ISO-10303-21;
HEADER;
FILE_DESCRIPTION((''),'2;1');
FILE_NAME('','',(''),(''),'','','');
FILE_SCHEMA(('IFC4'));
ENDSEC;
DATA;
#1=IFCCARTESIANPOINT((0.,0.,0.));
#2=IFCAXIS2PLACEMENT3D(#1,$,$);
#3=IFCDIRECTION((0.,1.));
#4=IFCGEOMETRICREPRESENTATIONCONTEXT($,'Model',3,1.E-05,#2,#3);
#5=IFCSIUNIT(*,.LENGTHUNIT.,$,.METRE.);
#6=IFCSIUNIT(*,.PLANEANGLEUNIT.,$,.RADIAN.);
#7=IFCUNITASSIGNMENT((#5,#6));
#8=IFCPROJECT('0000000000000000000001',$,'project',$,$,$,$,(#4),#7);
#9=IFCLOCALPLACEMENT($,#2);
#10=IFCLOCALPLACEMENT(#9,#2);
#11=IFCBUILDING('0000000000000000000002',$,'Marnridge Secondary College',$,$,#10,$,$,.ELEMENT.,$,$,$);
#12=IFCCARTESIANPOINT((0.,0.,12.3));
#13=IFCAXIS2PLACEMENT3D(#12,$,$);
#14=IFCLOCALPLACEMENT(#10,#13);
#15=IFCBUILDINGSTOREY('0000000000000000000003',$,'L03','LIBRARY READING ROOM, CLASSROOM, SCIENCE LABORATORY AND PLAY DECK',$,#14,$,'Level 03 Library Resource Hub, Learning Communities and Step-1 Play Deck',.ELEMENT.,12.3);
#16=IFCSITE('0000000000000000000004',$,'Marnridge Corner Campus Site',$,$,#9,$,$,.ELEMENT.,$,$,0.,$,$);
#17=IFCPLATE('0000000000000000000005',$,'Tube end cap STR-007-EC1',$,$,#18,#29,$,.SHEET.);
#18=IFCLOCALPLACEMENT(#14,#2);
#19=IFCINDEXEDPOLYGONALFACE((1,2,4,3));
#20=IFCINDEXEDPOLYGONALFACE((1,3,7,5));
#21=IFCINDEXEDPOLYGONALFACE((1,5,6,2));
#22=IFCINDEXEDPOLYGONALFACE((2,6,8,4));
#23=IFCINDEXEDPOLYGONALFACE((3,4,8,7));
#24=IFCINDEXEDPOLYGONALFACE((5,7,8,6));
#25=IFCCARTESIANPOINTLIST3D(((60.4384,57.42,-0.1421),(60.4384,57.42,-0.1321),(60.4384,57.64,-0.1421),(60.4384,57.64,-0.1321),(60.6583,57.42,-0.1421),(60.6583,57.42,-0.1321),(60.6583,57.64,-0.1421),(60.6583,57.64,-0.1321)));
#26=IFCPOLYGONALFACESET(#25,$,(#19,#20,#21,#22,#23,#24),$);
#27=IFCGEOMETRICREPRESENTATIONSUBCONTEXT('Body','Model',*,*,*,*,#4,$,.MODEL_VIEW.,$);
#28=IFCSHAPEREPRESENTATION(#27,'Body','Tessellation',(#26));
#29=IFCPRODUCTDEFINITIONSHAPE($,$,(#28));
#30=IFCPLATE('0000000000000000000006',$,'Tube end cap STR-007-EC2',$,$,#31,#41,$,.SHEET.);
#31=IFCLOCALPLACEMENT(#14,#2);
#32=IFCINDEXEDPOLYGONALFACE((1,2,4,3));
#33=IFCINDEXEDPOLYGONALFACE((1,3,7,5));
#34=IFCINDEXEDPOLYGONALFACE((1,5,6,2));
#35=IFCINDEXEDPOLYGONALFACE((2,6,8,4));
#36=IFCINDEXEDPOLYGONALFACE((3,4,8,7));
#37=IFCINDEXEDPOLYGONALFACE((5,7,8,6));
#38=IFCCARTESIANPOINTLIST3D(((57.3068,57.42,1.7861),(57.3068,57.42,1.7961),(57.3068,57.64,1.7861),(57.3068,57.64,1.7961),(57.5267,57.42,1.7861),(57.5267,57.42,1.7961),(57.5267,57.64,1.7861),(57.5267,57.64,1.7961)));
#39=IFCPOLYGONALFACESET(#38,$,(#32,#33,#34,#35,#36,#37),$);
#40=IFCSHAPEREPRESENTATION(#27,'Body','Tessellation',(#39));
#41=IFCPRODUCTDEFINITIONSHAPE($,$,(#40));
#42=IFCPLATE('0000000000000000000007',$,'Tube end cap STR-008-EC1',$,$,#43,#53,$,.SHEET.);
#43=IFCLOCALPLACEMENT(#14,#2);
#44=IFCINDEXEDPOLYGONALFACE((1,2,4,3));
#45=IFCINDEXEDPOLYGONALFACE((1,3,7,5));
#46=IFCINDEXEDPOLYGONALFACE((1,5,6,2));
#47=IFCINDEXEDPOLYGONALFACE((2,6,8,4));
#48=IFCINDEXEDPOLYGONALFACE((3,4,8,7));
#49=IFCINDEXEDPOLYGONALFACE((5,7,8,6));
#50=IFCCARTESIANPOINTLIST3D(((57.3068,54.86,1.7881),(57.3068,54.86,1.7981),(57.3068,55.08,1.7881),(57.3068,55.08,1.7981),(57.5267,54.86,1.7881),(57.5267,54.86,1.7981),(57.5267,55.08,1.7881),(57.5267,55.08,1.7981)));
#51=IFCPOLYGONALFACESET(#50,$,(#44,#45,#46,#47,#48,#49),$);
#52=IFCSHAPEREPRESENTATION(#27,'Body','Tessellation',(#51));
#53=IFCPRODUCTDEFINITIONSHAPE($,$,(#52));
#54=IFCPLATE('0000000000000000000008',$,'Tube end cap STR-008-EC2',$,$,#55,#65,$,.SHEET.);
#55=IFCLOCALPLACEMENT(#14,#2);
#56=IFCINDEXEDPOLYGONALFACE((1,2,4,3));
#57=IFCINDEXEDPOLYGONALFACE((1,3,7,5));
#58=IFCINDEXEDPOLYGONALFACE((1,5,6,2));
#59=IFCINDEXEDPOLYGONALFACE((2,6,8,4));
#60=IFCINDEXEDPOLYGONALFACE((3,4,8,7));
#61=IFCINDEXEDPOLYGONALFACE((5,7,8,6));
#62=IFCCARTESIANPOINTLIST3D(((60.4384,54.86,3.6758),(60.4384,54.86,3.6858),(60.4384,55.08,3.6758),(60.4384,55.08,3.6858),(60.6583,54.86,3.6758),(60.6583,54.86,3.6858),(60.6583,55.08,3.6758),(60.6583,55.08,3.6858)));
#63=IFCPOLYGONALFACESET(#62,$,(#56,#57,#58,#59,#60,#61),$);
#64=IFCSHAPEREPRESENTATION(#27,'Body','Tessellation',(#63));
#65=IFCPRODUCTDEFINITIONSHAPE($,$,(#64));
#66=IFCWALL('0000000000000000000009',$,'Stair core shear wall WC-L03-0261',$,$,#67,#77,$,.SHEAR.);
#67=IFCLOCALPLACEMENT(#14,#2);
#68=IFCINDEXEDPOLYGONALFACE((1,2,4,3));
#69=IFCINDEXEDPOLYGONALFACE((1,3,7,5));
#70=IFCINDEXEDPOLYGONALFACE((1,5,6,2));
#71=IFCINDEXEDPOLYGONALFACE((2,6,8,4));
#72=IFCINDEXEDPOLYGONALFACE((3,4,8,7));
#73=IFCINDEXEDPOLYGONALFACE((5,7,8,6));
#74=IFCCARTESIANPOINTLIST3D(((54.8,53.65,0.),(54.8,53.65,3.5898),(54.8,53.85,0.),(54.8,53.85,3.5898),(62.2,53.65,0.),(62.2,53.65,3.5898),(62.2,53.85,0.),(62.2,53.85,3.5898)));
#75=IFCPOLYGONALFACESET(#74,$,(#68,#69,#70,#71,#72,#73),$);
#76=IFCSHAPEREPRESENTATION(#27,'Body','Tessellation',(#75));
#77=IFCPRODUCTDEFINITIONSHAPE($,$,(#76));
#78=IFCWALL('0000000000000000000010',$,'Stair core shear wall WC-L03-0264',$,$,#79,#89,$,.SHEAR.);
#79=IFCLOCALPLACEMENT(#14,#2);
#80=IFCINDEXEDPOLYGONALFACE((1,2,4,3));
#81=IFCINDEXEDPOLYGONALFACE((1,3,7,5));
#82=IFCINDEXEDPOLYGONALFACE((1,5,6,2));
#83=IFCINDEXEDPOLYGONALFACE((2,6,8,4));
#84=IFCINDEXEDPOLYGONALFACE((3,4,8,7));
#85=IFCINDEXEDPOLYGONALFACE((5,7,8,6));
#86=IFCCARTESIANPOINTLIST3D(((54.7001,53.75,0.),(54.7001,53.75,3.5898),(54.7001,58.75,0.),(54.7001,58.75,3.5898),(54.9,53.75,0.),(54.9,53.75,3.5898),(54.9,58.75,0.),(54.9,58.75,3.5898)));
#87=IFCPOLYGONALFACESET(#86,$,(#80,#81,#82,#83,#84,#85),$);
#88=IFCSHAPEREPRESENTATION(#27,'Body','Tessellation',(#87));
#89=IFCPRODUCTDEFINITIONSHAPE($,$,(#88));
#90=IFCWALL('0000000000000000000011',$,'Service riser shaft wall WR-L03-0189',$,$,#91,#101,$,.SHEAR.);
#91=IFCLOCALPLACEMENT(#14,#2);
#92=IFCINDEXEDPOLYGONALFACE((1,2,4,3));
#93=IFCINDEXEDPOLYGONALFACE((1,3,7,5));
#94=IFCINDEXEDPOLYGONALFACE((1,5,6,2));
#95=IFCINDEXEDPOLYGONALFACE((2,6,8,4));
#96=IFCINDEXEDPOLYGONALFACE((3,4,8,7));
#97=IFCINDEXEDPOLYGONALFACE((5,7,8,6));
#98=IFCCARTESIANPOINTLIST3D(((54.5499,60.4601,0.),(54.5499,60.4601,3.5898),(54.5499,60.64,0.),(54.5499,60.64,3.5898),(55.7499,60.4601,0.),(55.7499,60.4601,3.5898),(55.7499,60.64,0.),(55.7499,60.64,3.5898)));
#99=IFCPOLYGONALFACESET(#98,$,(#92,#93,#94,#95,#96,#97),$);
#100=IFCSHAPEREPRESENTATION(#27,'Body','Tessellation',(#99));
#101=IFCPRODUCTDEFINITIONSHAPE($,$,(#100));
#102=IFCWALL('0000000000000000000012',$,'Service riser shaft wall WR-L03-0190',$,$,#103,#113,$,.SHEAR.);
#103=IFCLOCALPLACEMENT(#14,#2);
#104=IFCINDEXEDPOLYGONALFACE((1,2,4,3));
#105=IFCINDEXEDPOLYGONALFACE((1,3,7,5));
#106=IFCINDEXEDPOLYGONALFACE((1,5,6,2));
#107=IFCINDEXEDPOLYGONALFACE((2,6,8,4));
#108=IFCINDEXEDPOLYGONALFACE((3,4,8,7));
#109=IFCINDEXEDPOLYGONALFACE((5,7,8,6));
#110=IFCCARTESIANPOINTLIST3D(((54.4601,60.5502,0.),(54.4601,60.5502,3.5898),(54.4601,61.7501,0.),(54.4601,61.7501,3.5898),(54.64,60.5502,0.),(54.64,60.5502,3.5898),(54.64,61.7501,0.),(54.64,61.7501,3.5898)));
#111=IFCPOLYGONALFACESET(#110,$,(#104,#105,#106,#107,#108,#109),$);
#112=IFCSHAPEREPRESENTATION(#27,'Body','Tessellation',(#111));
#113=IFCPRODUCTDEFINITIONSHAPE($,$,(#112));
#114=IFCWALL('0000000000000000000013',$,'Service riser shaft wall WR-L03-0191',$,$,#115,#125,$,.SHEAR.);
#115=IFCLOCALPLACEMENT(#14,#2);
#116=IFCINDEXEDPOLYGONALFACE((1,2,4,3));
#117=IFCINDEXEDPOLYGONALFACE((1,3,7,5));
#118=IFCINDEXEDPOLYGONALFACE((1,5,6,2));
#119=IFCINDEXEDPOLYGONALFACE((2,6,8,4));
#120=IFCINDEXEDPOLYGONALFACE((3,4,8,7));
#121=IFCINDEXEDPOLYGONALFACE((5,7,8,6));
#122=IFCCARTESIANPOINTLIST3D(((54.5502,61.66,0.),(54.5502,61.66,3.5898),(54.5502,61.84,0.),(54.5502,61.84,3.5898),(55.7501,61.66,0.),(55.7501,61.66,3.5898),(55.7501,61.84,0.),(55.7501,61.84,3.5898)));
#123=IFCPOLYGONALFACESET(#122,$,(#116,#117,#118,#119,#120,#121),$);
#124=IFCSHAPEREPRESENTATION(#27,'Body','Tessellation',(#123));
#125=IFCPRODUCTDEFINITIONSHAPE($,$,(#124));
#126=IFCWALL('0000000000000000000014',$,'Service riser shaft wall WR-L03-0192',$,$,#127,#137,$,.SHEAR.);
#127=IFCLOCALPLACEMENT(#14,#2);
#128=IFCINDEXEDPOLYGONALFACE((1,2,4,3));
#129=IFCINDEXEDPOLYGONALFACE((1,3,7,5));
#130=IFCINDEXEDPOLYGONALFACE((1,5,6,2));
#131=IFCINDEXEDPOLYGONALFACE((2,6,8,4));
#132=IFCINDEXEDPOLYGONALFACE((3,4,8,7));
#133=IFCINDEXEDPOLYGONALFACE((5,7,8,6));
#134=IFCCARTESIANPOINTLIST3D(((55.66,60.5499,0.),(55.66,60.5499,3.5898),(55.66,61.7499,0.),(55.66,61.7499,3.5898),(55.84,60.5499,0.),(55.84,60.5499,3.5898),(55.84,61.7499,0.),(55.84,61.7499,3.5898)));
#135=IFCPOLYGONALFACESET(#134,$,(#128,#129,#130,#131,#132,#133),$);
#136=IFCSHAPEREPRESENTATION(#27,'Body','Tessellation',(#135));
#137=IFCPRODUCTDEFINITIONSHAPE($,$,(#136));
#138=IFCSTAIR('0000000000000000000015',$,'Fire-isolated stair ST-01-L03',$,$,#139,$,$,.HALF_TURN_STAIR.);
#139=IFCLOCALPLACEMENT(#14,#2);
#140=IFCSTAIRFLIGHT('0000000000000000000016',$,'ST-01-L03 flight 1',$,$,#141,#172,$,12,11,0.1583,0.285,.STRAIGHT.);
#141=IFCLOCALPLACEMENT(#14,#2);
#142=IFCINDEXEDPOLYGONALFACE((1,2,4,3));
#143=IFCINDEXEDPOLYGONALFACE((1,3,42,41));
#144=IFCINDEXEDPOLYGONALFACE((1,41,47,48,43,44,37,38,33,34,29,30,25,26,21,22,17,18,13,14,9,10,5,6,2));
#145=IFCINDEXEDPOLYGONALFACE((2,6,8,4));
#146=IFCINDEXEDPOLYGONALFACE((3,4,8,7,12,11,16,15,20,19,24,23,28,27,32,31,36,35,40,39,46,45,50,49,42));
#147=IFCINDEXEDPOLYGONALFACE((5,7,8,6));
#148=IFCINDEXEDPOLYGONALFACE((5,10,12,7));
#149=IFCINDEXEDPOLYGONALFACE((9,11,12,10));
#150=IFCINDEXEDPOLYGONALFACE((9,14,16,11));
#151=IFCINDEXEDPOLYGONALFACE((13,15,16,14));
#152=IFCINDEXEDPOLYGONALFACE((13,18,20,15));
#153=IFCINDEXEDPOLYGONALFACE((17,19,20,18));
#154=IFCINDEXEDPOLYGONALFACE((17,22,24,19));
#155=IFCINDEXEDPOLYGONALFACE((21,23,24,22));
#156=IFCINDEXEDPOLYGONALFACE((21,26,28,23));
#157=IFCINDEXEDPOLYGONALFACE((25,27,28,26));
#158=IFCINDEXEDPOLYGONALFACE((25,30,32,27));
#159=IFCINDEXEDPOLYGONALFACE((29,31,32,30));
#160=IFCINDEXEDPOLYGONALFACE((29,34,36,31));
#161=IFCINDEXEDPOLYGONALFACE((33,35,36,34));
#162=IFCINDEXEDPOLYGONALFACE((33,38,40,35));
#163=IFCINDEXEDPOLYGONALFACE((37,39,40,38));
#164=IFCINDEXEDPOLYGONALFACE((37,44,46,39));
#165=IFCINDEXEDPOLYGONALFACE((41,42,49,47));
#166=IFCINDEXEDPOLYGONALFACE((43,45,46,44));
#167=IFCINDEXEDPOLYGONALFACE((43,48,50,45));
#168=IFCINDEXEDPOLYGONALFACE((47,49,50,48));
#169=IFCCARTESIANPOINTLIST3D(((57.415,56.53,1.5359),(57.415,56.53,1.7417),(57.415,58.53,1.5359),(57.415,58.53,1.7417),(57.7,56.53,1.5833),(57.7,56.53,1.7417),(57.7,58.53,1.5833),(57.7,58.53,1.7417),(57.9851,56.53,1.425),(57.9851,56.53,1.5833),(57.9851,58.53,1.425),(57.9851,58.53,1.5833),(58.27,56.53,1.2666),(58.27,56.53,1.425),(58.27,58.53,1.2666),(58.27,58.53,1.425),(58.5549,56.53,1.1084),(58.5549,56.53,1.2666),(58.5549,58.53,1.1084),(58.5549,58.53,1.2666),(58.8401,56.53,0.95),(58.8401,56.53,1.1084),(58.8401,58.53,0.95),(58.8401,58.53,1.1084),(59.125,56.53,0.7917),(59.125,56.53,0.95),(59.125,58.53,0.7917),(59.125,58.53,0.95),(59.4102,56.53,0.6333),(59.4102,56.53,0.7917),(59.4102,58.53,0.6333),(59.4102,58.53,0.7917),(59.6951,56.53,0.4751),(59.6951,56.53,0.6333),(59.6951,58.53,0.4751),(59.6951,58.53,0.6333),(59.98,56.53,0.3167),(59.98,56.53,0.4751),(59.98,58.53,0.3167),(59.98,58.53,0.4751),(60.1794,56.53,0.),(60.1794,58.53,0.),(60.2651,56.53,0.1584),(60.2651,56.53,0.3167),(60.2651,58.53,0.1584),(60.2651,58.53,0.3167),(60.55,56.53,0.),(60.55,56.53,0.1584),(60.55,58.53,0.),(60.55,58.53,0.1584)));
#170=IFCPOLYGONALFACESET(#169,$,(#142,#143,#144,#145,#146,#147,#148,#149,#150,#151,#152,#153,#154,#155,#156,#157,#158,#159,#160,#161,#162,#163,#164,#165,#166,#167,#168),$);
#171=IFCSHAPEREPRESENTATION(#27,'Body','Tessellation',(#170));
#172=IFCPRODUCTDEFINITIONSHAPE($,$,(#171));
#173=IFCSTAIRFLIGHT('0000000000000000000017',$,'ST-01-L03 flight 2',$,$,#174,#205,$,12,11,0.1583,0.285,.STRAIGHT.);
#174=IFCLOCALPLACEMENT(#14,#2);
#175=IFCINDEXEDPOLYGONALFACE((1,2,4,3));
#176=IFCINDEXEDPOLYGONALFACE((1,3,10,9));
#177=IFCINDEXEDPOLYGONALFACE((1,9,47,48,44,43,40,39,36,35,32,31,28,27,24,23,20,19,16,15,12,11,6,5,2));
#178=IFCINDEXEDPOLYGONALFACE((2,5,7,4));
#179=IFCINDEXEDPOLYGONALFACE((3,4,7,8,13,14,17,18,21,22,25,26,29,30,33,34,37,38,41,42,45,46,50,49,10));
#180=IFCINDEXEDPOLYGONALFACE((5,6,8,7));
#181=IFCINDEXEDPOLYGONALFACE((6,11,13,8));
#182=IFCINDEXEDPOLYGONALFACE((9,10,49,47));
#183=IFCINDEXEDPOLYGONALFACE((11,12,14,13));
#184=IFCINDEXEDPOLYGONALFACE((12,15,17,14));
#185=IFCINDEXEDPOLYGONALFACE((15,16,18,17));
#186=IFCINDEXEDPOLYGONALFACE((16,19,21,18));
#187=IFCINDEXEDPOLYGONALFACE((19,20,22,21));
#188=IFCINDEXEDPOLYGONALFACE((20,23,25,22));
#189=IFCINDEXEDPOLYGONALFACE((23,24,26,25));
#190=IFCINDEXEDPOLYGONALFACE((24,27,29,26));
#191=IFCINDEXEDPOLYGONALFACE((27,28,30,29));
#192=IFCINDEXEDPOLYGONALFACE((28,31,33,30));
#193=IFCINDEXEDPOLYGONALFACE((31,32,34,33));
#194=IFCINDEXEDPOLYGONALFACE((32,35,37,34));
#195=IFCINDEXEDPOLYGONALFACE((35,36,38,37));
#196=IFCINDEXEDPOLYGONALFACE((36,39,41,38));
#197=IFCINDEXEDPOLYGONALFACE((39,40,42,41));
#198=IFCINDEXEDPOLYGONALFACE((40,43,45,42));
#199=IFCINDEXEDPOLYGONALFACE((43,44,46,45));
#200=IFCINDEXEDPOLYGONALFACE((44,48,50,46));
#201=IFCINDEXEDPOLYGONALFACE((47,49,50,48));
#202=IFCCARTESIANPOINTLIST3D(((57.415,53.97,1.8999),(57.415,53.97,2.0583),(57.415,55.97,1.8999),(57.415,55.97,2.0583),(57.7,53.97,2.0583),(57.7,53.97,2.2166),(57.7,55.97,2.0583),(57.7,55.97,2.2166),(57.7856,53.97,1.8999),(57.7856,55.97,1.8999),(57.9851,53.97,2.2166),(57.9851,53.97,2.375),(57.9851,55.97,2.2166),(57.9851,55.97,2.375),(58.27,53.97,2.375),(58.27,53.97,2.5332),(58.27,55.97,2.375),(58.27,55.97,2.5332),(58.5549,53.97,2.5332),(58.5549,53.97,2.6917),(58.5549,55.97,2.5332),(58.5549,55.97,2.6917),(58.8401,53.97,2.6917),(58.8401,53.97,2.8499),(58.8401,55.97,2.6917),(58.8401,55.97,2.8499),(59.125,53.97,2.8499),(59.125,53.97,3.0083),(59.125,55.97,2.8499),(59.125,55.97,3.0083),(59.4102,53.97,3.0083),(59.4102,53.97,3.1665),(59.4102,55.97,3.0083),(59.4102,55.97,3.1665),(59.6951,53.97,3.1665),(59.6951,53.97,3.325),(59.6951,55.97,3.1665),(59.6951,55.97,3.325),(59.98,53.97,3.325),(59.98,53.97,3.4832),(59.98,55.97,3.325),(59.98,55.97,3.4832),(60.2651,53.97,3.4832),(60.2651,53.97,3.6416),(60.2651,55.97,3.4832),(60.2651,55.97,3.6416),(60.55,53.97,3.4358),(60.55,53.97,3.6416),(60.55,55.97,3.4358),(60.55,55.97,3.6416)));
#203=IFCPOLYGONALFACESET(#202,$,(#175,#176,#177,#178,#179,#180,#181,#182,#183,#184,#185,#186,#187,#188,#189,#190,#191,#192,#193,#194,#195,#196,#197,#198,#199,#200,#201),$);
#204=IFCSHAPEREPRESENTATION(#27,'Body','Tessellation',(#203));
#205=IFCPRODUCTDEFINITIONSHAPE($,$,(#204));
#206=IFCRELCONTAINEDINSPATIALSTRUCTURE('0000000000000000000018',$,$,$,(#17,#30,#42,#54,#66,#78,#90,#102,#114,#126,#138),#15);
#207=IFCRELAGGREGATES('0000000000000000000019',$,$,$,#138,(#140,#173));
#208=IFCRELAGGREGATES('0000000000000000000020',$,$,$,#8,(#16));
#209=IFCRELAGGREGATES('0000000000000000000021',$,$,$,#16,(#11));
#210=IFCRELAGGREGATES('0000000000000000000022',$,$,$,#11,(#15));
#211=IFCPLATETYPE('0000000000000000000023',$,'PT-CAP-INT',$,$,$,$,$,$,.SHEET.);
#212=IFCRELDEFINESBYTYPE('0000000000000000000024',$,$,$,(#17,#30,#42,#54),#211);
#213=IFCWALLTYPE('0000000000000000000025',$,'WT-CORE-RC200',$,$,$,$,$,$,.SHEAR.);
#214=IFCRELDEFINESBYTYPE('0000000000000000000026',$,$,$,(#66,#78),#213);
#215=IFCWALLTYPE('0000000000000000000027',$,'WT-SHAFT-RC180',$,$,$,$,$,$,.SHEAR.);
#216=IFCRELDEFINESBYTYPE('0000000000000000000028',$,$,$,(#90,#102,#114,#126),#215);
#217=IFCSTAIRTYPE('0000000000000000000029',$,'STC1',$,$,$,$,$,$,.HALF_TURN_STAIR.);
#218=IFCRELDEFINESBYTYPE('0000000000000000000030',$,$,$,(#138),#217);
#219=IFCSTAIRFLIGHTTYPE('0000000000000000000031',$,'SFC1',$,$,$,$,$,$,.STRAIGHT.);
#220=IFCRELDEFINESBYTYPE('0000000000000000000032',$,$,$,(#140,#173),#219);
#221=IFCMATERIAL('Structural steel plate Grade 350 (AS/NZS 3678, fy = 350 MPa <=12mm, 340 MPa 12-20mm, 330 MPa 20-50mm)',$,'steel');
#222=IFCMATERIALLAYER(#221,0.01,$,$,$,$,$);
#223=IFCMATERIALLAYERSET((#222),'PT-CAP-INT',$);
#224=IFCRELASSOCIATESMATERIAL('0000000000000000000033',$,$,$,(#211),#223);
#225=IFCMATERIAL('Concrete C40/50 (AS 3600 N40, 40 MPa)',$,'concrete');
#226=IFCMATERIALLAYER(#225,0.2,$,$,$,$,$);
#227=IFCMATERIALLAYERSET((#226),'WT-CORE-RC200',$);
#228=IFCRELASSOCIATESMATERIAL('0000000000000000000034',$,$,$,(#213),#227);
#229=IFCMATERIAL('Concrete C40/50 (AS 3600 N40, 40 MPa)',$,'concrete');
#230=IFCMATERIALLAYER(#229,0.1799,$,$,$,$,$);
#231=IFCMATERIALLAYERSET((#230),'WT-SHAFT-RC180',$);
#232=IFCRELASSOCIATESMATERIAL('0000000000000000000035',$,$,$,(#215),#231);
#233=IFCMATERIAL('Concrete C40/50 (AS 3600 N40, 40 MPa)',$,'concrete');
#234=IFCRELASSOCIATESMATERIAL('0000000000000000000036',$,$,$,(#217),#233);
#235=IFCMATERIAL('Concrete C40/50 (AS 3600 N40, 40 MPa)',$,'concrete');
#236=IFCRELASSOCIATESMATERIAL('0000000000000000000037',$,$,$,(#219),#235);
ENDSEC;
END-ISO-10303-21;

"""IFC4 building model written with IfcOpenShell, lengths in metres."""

from ifc_helpers import new_model, si_unit, direction, frame, frame_2d, origin, origin_2d, place, context, subcontext, project, spatial, polyline, rectangle, outline, extrude, material, layer, layer_set, type_object, element, aggregate, save


model = new_model("IFC4")

# Units and contexts
model_context = context("Model", 3, precision=1e-05, world=origin(), true_north=direction((0.0, 1.0)))
body_context = subcontext(model_context, "Body", "Model", "MODEL_VIEW")
ifc_project = project(units=[si_unit("LENGTHUNIT", "METRE"), si_unit("PLANEANGLEUNIT", "RADIAN")], contexts=[model_context])

# Site, building, storey
site_placement = place(None, origin())
site = spatial("IfcSite", under=ifc_project, at=site_placement, Name="Marnridge Corner Campus Site", CompositionType="ELEMENT", RefElevation=0.0)
building_placement = place(site_placement, origin())
building = spatial("IfcBuilding", under=site, at=building_placement, Name="Marnridge Secondary College", CompositionType="ELEMENT")
storey_placement = place(building_placement, frame((0.0, 0.0, 12.3)))
storey = spatial("IfcBuildingStorey", under=building, at=storey_placement, Name="L03", Description="LIBRARY READING ROOM, CLASSROOM, SCIENCE LABORATORY AND PLAY DECK", LongName="Level 03 Library Resource Hub, Learning Communities and Step-1 Play Deck", CompositionType="ELEMENT", Elevation=12.3)

# Plates
ifc_material_1 = material(Name="Structural steel plate Grade 350 (AS/NZS 3678, fy = 350 MPa <=12mm, 340 MPa 12-20mm, 330 MPa 20-50mm)", Category="steel")
ifc_layer_1 = layer(ifc_material_1, 0.01)
ifc_layer_set_1 = layer_set([ifc_layer_1], Name="PT-CAP-INT")
plate_type = type_object("IfcPlateType", Name="PT-CAP-INT", PredefinedType="SHEET", material=ifc_layer_set_1)
for number, where, z_axis, x_axis, name in (
    (1, (60.5483, 57.53, -0.1421), (0.0, 0.0, 1.0), (-1.0, 0.0, 0.0), "Tube end cap STR-007-EC1"),
    (2, (57.4167, 57.53, 1.7861), (0.0, 0.0, 1.0), (-1.0, 0.0, 0.0), "Tube end cap STR-007-EC2"),
    (3, (57.4167, 54.97, 1.7881), (0.0, 0.0, 1.0), (1.0, 0.0, 0.0), "Tube end cap STR-008-EC1"),
    (4, (60.5483, 54.97, 3.6758), (0.0, 0.0, 1.0), (1.0, 0.0, 0.0), "Tube end cap STR-008-EC2"),
):
    element("IfcPlate", number, at=place(storey_placement, frame(where, z_axis=z_axis, x_axis=x_axis)), inside=storey, type_object=plate_type, Name=name, PredefinedType="SHEET", context=body_context, shape_type="SweptSolid", body=[
        extrude(rectangle(XDim=0.22, YDim=0.22, at=origin_2d()), origin(), (0.0, 0.0, 1.0), 0.01),
    ])

# Walls
ifc_material_2 = material(Name="Concrete C40/50 (AS 3600 N40, 40 MPa)", Category="concrete")
ifc_layer_2 = layer(ifc_material_2, 0.2)
ifc_layer_set_2 = layer_set([ifc_layer_2], Name="WT-CORE-RC200")
wall_type_1 = type_object("IfcWallType", Name="WT-CORE-RC200", PredefinedType="SHEAR", material=ifc_layer_set_2)
wall_1_placement = place(storey_placement, frame((54.8, 53.75, 0.0), z_axis=(0.0, 0.0, 1.0), x_axis=(1.0, 0.0, 0.0)))
element("IfcWall", 5, at=wall_1_placement, inside=storey, type_object=wall_type_1, Name="Stair core shear wall WC-L03-0261", PredefinedType="SHEAR", context=body_context, shape_type="SweptSolid", body=[
    extrude(rectangle(XDim=7.3999, YDim=0.2, at=frame_2d((3.7, 0.0))), origin(), (0.0, 0.0, 1.0), 3.5898),
])
wall_2_placement = place(storey_placement, frame((54.8, 58.75, 0.0), z_axis=(0.0, 0.0, 1.0), x_axis=(0.0, -1.0, 0.0)))
element("IfcWall", 6, at=wall_2_placement, inside=storey, type_object=wall_type_1, Name="Stair core shear wall WC-L03-0264", PredefinedType="SHEAR", context=body_context, shape_type="SweptSolid", body=[
    extrude(rectangle(XDim=5.0, YDim=0.2, at=frame_2d((2.5, 0.0))), origin(), (0.0, 0.0, 1.0), 3.5898),
])
ifc_material_3 = material(Name="Concrete C40/50 (AS 3600 N40, 40 MPa)", Category="concrete")
ifc_layer_3 = layer(ifc_material_3, 0.1799)
ifc_layer_set_3 = layer_set([ifc_layer_3], Name="WT-SHAFT-RC180")
wall_type_2 = type_object("IfcWallType", Name="WT-SHAFT-RC180", PredefinedType="SHEAR", material=ifc_layer_set_3)
for number, where, z_axis, x_axis, name in (
    (7, (55.75, 60.55, 0.0), (0.0, 0.0, 1.0), (-1.0, 0.0, 0.0), "Service riser shaft wall WR-L03-0189"),
    (8, (54.55, 60.55, 0.0), (0.0, 0.0, 1.0), (0.0, 1.0, 0.0), "Service riser shaft wall WR-L03-0190"),
    (9, (54.55, 61.75, 0.0), (0.0, 0.0, 1.0), (1.0, 0.0, 0.0), "Service riser shaft wall WR-L03-0191"),
    (10, (55.75, 61.75, 0.0), (0.0, 0.0, 1.0), (0.0, -1.0, 0.0), "Service riser shaft wall WR-L03-0192"),
):
    element("IfcWall", number, at=place(storey_placement, frame(where, z_axis=z_axis, x_axis=x_axis)), inside=storey, type_object=wall_type_2, Name=name, PredefinedType="SHEAR", context=body_context, shape_type="SweptSolid", body=[
        extrude(rectangle(XDim=1.2, YDim=0.1799, at=frame_2d((0.6001, 0.0))), origin(), (0.0, 0.0, 1.0), 3.5898),
    ])

# Stair, stair flights
ifc_material_4 = material(Name="Concrete C40/50 (AS 3600 N40, 40 MPa)", Category="concrete")
stair_type = type_object("IfcStairType", Name="STC1", PredefinedType="HALF_TURN_STAIR", material=ifc_material_4)
stair_placement = place(storey_placement, origin())
stair = element("IfcStair", 11, at=stair_placement, inside=storey, type_object=stair_type, Name="Fire-isolated stair ST-01-L03", PredefinedType="HALF_TURN_STAIR")
ifc_material_5 = material(Name="Concrete C40/50 (AS 3600 N40, 40 MPa)", Category="concrete")
stair_flight_type = type_object("IfcStairFlightType", Name="SFC1", PredefinedType="STRAIGHT", material=ifc_material_5)
stair_flight_1_placement = place(storey_placement, frame((60.55, 57.53, 0.0), z_axis=(0.0, 0.0, 1.0), x_axis=(-1.0, 0.0, 0.0)))
stair_flight_1 = element("IfcStairFlight", 12, at=stair_flight_1_placement, type_object=stair_flight_type, Name="ST-01-L03 flight 1", NumberOfRisers=12, NumberOfTreads=11, PredefinedType="STRAIGHT", RiserHeight=0.1583, TreadLength=0.285, context=body_context, shape_type="SweptSolid", body=[
    extrude(outline(polyline([(0.0, 0.0), (0.0, 0.1584), (0.2849, 0.1584), (0.2849, 0.3167), (0.5701, 0.3167), (0.5701, 0.4751), (0.855, 0.4751), (0.855, 0.6333), (1.1399, 0.6333), (1.1399, 0.7917), (1.425, 0.7917), (1.425, 0.95), (1.71, 0.95), (1.71, 1.1084), (1.9951, 1.1084), (1.9951, 1.2666), (2.28, 1.2666), (2.28, 1.425), (2.5649, 1.425), (2.5649, 1.5833), (2.8501, 1.5833), (2.8501, 1.7417), (3.135, 1.7417), (3.135, 1.8999), (3.135, 1.5359), (0.3706, 0.0), (0.0, 0.0)])), frame((0.0, 1.0, 0.0), z_axis=(0.0, -1.0, 0.0), x_axis=(1.0, 0.0, 0.0)), (0.0, 0.0, 1.0), 2.0),
])
stair_flight_2_placement = place(storey_placement, frame((57.415, 54.97, 1.8999), z_axis=(0.0, 0.0, 1.0), x_axis=(1.0, 0.0, 0.0)))
stair_flight_2 = element("IfcStairFlight", 13, at=stair_flight_2_placement, type_object=stair_flight_type, Name="ST-01-L03 flight 2", NumberOfRisers=12, NumberOfTreads=11, PredefinedType="STRAIGHT", RiserHeight=0.1583, TreadLength=0.285, context=body_context, shape_type="SweptSolid", body=[
    extrude(outline(polyline([(0.0, 0.0), (0.0, 0.1584), (0.2849, 0.1584), (0.2849, 0.3167), (0.5701, 0.3167), (0.5701, 0.4751), (0.855, 0.4751), (0.855, 0.6333), (1.1399, 0.6333), (1.1399, 0.7917), (1.425, 0.7917), (1.425, 0.95), (1.71, 0.95), (1.71, 1.1084), (1.9951, 1.1084), (1.9951, 1.2666), (2.28, 1.2666), (2.28, 1.425), (2.5649, 1.425), (2.5649, 1.5833), (2.8501, 1.5833), (2.8501, 1.7417), (3.135, 1.7417), (3.135, 1.8999), (3.135, 1.5359), (0.3706, 0.0), (0.0, 0.0)])), frame((0.0, 1.0, 0.0), z_axis=(0.0, -1.0, 0.0), x_axis=(1.0, 0.0, 0.0)), (0.0, 0.0, 1.0), 2.0),
])
aggregate(stair, [stair_flight_1, stair_flight_2])

save(model, "model.ifc")
